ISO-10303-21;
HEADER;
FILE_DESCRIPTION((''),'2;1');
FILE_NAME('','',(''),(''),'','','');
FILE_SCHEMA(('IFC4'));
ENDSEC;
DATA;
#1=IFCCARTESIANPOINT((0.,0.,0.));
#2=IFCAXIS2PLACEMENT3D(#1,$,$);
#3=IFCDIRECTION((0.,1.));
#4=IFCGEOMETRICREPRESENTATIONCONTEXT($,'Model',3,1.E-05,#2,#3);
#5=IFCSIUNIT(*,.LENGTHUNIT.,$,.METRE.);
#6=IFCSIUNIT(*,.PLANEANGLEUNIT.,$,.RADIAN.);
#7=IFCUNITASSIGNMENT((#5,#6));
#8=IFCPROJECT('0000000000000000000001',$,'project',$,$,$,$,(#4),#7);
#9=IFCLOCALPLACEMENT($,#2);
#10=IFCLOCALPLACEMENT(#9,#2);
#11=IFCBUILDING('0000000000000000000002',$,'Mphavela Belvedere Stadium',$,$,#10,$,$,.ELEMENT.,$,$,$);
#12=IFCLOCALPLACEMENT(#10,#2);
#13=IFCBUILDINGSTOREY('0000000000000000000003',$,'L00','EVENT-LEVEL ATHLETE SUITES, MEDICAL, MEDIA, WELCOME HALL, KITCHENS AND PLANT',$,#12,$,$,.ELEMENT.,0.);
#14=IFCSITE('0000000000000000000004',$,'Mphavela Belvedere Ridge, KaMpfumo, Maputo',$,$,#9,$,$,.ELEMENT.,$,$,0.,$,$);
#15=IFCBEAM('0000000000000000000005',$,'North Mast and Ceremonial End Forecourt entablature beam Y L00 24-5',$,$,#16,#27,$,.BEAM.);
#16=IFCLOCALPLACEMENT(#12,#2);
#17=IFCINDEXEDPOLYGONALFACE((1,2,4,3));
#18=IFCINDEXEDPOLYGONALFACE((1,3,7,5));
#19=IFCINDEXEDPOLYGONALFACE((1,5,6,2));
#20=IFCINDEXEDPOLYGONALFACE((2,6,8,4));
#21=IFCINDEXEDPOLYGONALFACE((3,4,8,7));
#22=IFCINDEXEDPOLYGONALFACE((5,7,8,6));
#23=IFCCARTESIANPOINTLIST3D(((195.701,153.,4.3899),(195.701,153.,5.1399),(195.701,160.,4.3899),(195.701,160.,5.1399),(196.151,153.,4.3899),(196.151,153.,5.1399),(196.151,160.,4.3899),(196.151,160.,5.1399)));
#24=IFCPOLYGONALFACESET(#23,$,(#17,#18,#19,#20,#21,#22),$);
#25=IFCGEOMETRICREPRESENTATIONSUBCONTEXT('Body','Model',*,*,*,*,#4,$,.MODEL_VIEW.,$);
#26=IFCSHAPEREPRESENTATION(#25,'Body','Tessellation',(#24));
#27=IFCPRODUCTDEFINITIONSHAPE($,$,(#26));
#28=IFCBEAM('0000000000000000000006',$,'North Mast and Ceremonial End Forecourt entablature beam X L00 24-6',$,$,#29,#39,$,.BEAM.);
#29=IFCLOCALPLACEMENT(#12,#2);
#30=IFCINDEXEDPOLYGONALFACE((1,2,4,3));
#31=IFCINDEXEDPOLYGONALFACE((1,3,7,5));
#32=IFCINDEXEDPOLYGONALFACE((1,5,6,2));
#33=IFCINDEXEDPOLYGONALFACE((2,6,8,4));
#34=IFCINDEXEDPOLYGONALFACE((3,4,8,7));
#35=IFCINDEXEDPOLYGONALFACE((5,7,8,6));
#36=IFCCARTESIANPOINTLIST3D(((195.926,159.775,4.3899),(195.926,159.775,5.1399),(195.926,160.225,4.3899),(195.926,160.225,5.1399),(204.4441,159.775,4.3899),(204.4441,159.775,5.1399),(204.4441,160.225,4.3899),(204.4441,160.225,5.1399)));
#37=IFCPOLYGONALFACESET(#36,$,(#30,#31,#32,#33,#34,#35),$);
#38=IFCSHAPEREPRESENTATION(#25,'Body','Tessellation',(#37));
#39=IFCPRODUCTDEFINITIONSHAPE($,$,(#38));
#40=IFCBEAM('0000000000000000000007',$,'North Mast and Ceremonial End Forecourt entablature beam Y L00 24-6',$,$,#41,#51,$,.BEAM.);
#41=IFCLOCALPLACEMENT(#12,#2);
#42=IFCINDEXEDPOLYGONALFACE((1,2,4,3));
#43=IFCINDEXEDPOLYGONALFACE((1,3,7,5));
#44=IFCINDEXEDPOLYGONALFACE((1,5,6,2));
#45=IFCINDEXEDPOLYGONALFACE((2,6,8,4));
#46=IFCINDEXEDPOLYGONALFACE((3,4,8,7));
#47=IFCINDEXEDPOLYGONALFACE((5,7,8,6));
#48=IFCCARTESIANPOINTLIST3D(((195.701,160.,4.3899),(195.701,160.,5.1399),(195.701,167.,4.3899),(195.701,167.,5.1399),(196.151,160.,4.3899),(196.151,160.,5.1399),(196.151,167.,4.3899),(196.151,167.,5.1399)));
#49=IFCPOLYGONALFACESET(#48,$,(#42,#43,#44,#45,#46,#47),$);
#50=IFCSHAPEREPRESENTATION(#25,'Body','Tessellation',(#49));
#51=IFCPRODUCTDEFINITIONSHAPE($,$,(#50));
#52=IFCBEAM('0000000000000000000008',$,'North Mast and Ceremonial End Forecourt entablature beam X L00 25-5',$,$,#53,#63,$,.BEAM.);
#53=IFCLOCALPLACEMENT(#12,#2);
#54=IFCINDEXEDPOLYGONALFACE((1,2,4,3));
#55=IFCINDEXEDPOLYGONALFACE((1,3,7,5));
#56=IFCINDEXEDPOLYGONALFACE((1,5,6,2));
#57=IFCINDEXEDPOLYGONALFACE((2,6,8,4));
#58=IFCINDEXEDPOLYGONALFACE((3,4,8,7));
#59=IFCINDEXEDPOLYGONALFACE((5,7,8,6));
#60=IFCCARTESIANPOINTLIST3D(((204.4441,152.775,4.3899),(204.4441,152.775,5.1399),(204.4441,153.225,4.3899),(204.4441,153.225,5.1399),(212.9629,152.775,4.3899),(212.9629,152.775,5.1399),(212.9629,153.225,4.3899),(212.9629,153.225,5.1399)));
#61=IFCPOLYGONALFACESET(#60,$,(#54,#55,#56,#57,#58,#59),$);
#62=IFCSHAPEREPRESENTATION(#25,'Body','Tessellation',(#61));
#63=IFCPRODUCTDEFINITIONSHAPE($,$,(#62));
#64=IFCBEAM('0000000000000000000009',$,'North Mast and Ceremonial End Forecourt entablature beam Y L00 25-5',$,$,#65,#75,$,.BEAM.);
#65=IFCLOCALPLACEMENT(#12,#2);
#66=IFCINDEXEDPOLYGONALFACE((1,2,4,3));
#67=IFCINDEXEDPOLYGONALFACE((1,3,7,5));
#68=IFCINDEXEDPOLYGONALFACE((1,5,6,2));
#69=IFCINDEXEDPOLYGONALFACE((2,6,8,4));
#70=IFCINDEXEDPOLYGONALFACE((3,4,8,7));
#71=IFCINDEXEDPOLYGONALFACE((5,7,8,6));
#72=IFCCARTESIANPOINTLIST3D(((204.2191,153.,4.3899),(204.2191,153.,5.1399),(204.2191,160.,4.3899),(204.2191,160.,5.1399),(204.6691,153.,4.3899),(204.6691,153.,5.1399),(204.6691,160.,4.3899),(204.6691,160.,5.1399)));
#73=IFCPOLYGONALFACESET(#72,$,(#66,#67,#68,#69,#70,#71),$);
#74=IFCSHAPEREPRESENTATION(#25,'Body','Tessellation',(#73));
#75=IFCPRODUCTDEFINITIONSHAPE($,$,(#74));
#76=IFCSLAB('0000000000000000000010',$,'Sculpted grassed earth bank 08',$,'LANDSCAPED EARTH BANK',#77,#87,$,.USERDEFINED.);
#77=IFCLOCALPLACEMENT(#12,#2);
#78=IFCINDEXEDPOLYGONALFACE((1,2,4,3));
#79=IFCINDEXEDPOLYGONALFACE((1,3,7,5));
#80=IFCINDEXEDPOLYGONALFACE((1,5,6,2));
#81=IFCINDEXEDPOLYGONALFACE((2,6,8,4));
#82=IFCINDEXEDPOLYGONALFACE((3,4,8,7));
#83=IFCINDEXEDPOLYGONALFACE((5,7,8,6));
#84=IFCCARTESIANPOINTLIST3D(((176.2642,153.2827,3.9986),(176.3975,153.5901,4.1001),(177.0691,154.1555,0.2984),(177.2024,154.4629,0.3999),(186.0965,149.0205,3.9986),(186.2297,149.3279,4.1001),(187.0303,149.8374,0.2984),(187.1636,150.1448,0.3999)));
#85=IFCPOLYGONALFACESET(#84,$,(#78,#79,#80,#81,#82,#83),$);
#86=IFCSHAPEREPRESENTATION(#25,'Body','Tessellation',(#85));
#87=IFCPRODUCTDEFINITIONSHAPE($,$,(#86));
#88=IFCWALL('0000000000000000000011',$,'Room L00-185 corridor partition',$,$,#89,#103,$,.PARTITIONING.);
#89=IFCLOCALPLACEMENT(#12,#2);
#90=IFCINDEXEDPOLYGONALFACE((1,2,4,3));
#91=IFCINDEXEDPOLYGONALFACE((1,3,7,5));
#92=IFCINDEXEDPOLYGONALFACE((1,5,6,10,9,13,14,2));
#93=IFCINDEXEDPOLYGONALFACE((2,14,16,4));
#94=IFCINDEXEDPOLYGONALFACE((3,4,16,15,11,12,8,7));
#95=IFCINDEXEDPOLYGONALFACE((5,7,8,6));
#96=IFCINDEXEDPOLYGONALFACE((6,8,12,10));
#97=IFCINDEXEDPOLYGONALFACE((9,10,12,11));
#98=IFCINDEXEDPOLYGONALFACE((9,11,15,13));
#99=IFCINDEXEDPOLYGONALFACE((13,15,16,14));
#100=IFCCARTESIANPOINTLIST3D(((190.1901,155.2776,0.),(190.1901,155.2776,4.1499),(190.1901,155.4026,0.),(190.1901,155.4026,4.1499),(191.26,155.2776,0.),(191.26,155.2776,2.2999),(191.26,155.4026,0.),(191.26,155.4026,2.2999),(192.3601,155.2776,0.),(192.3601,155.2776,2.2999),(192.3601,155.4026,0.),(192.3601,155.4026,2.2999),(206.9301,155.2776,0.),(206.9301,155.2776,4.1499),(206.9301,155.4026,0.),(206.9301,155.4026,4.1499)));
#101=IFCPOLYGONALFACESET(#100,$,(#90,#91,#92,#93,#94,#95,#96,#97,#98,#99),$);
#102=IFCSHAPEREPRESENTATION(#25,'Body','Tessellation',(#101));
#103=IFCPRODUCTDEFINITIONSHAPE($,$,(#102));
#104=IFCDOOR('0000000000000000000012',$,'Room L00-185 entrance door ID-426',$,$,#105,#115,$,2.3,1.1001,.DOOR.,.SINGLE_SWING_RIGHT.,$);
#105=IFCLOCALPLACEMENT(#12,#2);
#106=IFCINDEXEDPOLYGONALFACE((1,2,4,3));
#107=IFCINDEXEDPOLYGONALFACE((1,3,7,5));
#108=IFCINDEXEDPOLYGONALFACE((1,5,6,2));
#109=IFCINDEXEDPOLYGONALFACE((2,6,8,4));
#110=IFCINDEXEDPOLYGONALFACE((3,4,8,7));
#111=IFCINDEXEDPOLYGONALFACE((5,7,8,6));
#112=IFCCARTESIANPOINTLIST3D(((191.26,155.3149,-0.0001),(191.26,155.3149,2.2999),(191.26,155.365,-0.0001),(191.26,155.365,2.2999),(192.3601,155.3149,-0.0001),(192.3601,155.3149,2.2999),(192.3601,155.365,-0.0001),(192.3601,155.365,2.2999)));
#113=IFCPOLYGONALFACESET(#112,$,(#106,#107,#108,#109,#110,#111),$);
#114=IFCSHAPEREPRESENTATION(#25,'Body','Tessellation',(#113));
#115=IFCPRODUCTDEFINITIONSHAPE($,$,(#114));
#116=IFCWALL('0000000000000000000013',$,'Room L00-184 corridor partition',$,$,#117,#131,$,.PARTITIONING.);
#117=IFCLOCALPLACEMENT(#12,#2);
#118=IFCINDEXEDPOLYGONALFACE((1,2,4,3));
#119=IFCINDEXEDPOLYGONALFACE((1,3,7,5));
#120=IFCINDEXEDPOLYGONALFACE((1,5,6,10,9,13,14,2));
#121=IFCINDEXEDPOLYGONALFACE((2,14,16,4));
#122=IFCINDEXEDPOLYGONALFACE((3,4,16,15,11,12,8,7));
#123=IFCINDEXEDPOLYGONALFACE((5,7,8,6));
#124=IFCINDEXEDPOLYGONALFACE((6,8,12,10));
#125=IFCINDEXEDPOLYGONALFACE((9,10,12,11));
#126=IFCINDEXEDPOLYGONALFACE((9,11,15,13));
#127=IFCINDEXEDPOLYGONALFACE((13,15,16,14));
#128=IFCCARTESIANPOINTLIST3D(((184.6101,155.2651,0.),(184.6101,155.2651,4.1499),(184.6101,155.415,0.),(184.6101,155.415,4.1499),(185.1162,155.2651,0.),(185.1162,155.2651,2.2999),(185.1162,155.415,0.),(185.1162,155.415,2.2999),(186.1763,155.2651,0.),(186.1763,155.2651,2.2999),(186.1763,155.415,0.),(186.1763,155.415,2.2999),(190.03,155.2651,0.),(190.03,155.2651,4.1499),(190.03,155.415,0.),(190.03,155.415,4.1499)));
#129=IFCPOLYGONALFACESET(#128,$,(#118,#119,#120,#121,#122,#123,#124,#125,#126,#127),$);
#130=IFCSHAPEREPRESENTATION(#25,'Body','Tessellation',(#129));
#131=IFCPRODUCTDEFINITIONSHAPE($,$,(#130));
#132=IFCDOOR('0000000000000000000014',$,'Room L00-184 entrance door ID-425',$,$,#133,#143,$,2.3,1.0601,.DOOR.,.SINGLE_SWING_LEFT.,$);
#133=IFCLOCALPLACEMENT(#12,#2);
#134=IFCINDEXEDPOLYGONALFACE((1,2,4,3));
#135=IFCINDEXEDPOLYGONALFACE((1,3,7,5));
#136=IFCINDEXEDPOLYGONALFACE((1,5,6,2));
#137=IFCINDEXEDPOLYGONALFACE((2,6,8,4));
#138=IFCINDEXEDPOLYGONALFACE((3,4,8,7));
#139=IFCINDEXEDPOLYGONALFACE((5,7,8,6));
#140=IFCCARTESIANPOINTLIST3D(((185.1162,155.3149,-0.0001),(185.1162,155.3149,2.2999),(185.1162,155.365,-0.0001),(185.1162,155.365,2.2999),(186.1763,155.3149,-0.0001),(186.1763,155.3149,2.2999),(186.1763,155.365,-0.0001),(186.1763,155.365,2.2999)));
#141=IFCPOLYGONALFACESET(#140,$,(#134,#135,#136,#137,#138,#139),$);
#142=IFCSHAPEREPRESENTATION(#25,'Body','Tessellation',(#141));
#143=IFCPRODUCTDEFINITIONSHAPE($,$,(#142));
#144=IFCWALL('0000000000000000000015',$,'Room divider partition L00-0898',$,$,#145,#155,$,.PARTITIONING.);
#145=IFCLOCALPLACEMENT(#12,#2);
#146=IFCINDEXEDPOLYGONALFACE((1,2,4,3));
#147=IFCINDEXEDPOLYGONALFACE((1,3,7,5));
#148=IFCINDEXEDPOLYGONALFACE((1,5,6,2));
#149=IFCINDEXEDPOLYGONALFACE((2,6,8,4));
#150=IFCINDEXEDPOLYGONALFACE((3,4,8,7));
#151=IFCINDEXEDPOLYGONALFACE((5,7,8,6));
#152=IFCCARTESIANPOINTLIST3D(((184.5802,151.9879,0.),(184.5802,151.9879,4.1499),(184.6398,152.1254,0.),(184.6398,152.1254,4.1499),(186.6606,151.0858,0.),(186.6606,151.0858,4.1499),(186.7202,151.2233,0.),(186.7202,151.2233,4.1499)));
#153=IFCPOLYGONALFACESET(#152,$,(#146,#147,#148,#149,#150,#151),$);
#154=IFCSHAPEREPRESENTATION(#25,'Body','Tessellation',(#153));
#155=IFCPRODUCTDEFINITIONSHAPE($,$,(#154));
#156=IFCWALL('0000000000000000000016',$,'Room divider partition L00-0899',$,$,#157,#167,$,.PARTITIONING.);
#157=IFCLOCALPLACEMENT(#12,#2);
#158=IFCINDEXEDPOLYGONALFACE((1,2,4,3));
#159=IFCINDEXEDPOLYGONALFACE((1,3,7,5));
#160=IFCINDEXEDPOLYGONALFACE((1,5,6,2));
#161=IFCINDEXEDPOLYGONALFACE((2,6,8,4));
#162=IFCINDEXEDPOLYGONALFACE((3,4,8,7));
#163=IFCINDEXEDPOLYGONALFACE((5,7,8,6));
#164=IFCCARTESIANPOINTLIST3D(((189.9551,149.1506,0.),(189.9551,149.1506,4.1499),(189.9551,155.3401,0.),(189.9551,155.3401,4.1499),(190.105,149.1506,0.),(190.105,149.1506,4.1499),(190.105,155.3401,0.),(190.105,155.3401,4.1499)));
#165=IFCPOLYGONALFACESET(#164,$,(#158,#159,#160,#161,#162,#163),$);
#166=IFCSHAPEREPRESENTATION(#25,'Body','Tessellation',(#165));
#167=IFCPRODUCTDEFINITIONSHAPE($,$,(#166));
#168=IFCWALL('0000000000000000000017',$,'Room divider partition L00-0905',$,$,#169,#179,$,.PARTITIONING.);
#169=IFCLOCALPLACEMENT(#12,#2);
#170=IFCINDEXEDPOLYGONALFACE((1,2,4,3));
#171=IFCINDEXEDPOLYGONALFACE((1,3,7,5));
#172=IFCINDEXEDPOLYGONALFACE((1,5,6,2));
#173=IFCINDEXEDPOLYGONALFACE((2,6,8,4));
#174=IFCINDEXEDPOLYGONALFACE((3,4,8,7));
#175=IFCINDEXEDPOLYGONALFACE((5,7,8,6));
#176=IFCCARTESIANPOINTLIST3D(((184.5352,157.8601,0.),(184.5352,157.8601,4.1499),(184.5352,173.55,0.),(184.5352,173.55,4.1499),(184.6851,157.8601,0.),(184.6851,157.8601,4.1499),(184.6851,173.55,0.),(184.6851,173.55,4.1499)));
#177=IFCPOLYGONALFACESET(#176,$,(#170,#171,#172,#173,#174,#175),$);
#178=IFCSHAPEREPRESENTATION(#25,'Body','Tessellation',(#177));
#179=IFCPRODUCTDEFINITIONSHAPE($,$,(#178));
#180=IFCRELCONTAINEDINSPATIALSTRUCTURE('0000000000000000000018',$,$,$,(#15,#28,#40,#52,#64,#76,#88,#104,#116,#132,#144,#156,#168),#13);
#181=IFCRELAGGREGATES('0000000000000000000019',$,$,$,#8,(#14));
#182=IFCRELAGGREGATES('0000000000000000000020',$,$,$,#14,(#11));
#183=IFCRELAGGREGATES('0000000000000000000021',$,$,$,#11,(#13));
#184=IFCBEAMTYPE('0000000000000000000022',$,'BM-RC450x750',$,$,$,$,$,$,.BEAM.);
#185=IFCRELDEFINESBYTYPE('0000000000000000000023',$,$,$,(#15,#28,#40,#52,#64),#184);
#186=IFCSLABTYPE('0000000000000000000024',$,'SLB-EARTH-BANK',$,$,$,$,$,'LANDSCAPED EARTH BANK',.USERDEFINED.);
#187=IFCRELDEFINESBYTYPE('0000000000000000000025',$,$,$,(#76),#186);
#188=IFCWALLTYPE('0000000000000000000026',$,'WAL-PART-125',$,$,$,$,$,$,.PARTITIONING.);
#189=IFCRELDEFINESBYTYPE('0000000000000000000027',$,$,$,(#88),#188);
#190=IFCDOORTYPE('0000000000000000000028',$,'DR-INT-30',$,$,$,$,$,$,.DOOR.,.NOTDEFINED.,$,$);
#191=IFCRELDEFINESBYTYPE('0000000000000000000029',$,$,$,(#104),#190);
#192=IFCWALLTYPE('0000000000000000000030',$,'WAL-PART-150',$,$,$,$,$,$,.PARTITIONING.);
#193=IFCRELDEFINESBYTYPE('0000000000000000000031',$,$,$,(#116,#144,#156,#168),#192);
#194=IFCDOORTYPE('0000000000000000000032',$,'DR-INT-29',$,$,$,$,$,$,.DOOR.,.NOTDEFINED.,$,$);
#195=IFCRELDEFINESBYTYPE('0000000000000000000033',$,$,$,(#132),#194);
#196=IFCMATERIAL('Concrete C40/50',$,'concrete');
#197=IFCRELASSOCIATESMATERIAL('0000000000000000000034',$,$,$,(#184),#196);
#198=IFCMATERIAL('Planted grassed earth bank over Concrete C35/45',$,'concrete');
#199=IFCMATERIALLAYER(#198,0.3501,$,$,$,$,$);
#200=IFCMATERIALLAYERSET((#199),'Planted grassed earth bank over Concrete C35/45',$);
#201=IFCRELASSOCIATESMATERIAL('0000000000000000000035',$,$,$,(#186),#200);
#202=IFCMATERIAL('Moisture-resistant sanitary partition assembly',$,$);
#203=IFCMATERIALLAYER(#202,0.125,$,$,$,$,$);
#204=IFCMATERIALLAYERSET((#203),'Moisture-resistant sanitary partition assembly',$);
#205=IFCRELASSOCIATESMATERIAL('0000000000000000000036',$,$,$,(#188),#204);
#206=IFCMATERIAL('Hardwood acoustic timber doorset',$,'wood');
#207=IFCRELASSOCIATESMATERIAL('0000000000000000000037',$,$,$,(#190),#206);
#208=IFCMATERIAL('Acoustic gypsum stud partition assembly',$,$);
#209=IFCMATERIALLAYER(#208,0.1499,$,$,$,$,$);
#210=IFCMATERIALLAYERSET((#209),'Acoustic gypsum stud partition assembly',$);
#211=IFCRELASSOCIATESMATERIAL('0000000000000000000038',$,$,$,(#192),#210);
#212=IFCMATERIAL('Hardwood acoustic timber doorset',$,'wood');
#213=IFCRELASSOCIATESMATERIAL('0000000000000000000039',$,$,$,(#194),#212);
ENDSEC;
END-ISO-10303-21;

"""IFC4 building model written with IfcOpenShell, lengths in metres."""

from ifc_helpers import new_model, si_unit, direction, frame, frame_2d, origin, origin_2d, place, context, subcontext, project, spatial, polyline, rectangle, outline, extrude, material, layer, layer_set, material_profile, profile_set, type_object, element, fill, save


model = new_model("IFC4")

# Units and contexts
model_context = context("Model", 3, precision=1e-05, world=origin(), true_north=direction((0.0, 1.0)))
body_context = subcontext(model_context, "Body", "Model", "MODEL_VIEW")
ifc_project = project(units=[si_unit("LENGTHUNIT", "METRE"), si_unit("PLANEANGLEUNIT", "RADIAN")], contexts=[model_context])

# Site, building, storey
site_placement = place(None, origin())
site = spatial("IfcSite", under=ifc_project, at=site_placement, Name="Mphavela Belvedere Ridge, KaMpfumo, Maputo", CompositionType="ELEMENT", RefElevation=0.0)
building_placement = place(site_placement, origin())
building = spatial("IfcBuilding", under=site, at=building_placement, Name="Mphavela Belvedere Stadium", CompositionType="ELEMENT")
storey_placement = place(building_placement, origin())
storey = spatial("IfcBuildingStorey", under=building, at=storey_placement, Name="L00", Description="EVENT-LEVEL ATHLETE SUITES, MEDICAL, MEDIA, WELCOME HALL, KITCHENS AND PLANT", CompositionType="ELEMENT", Elevation=0.0)

# Beams
ifc_material_1 = material(Name="Concrete C40/50", Category="concrete")
ifc_material_profile_1 = material_profile(ifc_material_1, rectangle(XDim=0.45, YDim=0.75, at=origin_2d()), Name="RC 450x750")
ifc_profile_set_1 = profile_set([ifc_material_profile_1], Name="Concrete C40/50")
beam_type_1 = type_object("IfcBeamType", Name="BM-RC450x750", PredefinedType="BEAM", material=ifc_profile_set_1)
beam_1_placement = place(storey_placement, frame((195.926, 153.0, 4.7649), z_axis=(0.0, 1.0, 0.0), x_axis=(-1.0, 0.0, 0.0)))
element("IfcBeam", 1, at=beam_1_placement, inside=storey, type_object=beam_type_1, Name="North Mast and Ceremonial End Forecourt entablature beam Y L00 24-5", PredefinedType="BEAM", context=body_context, shape_type="SweptSolid", body=[
    extrude(rectangle(XDim=0.45, YDim=0.75, at=origin_2d()), origin(), (0.0, 0.0, 1.0), 7.0),
])
beam_2_placement = place(storey_placement, frame((195.926, 160.0, 4.7649), z_axis=(1.0, 0.0, 0.0), x_axis=(0.0, 1.0, 0.0)))
element("IfcBeam", 2, at=beam_2_placement, inside=storey, type_object=beam_type_1, Name="North Mast and Ceremonial End Forecourt entablature beam X L00 24-6", PredefinedType="BEAM", context=body_context, shape_type="SweptSolid", body=[
    extrude(rectangle(XDim=0.45, YDim=0.75, at=origin_2d()), origin(), (0.0, 0.0, 1.0), 8.5181),
])
beam_3_placement = place(storey_placement, frame((195.926, 160.0, 4.7649), z_axis=(0.0, 1.0, 0.0), x_axis=(-1.0, 0.0, 0.0)))
element("IfcBeam", 3, at=beam_3_placement, inside=storey, type_object=beam_type_1, Name="North Mast and Ceremonial End Forecourt entablature beam Y L00 24-6", PredefinedType="BEAM", context=body_context, shape_type="SweptSolid", body=[
    extrude(rectangle(XDim=0.45, YDim=0.75, at=origin_2d()), origin(), (0.0, 0.0, 1.0), 7.0),
])
beam_4_placement = place(storey_placement, frame((204.4441, 153.0, 4.7649), z_axis=(1.0, 0.0, 0.0), x_axis=(0.0, 1.0, 0.0)))
element("IfcBeam", 4, at=beam_4_placement, inside=storey, type_object=beam_type_1, Name="North Mast and Ceremonial End Forecourt entablature beam X L00 25-5", PredefinedType="BEAM", context=body_context, shape_type="SweptSolid", body=[
    extrude(rectangle(XDim=0.45, YDim=0.75, at=origin_2d()), origin(), (0.0, 0.0, 1.0), 8.5188),
])
beam_5_placement = place(storey_placement, frame((204.4441, 153.0, 4.7649), z_axis=(0.0, 1.0, 0.0), x_axis=(-1.0, 0.0, 0.0)))
element("IfcBeam", 5, at=beam_5_placement, inside=storey, type_object=beam_type_1, Name="North Mast and Ceremonial End Forecourt entablature beam Y L00 25-5", PredefinedType="BEAM", context=body_context, shape_type="SweptSolid", body=[
    extrude(rectangle(XDim=0.45, YDim=0.75, at=origin_2d()), origin(), (0.0, 0.0, 1.0), 7.0),
])

# Slab
ifc_material_2 = material(Name="Planted grassed earth bank over Concrete C35/45", Category="concrete")
ifc_layer_1 = layer(ifc_material_2, 0.3501)
ifc_layer_set_1 = layer_set([ifc_layer_1], Name="Planted grassed earth bank over Concrete C35/45")
slab_type = type_object("IfcSlabType", Name="SLB-EARTH-BANK", ElementType="LANDSCAPED EARTH BANK", PredefinedType="USERDEFINED", material=ifc_layer_set_1)
slab_placement = place(storey_placement, frame((187.1636, 150.1448, 0.3999), z_axis=(0.380648, 0.878094, 0.289927), x_axis=(-0.917502, 0.397731, 0.0)))
element("IfcSlab", 6, at=slab_placement, inside=storey, type_object=slab_type, Name="Sculpted grassed earth bank 08", ObjectType="LANDSCAPED EARTH BANK", PredefinedType="USERDEFINED", context=body_context, shape_type="SweptSolid", body=[
    extrude(outline(polyline([(0.0, 0.0), (10.8569, 0.0), (11.2482, 3.8663), (0.5319, 3.8663), (0.0, 0.0)])), origin(), (0.0, 0.0, -1.0), 0.3501),
])

# Walls, openings, doors
ifc_material_3 = material(Name="Moisture-resistant sanitary partition assembly")
ifc_layer_2 = layer(ifc_material_3, 0.125)
ifc_layer_set_2 = layer_set([ifc_layer_2], Name="Moisture-resistant sanitary partition assembly")
wall_type_1 = type_object("IfcWallType", Name="WAL-PART-125", PredefinedType="PARTITIONING", material=ifc_layer_set_2)
wall_1_placement = place(storey_placement, frame((190.1899, 155.3401, 0.0), z_axis=(0.0, 0.0, 1.0), x_axis=(1.0, 0.0, 0.0)))
wall_1 = element("IfcWall", 7, at=wall_1_placement, inside=storey, type_object=wall_type_1, Name="Room L00-185 corridor partition", PredefinedType="PARTITIONING", context=body_context, shape_type="SweptSolid", body=[
    extrude(rectangle(XDim=16.74, YDim=0.125, at=frame_2d((8.3701, 0.0))), origin(), (0.0, 0.0, 1.0), 4.1499),
])
opening_1_placement = place(wall_1_placement, frame((1.0701, 0.0, 0.0)))
opening_1 = element("IfcOpeningElement", 8, at=opening_1_placement, cuts=wall_1, PredefinedType="OPENING", context=body_context, shape_type="SweptSolid", body=[
    extrude(rectangle(XDim=1.1001, YDim=2.3, at=frame_2d((0.55, 1.1499))), frame((0.0, 0.0725, 0.0), z_axis=(0.0, -1.0, 0.0), x_axis=(1.0, 0.0, 0.0)), (0.0, 0.0, 1.0), 0.145),
])
ifc_material_4 = material(Name="Hardwood acoustic timber doorset", Category="wood")
door_type_1 = type_object("IfcDoorType", Name="DR-INT-30", OperationType="NOTDEFINED", PredefinedType="DOOR", material=ifc_material_4)
door_1_placement = place(opening_1_placement, origin())
door_1 = element("IfcDoor", 9, at=door_1_placement, inside=storey, type_object=door_type_1, Name="Room L00-185 entrance door ID-426", OperationType="SINGLE_SWING_RIGHT", OverallHeight=2.3, OverallWidth=1.1001, PredefinedType="DOOR", context=body_context, shape_type="SweptSolid", body=[
    extrude(rectangle(XDim=1.1001, YDim=2.3, at=frame_2d((0.55, 1.1499))), frame((0.0, 0.0249, 0.0), z_axis=(0.0, -1.0, 0.0), x_axis=(1.0, 0.0, 0.0)), (0.0, 0.0, 1.0), 0.05),
])
fill(opening_1, door_1)
ifc_material_5 = material(Name="Acoustic gypsum stud partition assembly")
ifc_layer_3 = layer(ifc_material_5, 0.1499)
ifc_layer_set_3 = layer_set([ifc_layer_3], Name="Acoustic gypsum stud partition assembly")
wall_type_2 = type_object("IfcWallType", Name="WAL-PART-150", PredefinedType="PARTITIONING", material=ifc_layer_set_3)
wall_2_placement = place(storey_placement, frame((184.6101, 155.3401, 0.0), z_axis=(0.0, 0.0, 1.0), x_axis=(1.0, 0.0, 0.0)))
wall_2 = element("IfcWall", 10, at=wall_2_placement, inside=storey, type_object=wall_type_2, Name="Room L00-184 corridor partition", PredefinedType="PARTITIONING", context=body_context, shape_type="SweptSolid", body=[
    extrude(rectangle(XDim=5.4199, YDim=0.1499, at=frame_2d((2.71, 0.0))), origin(), (0.0, 0.0, 1.0), 4.1499),
])
opening_2_placement = place(wall_2_placement, frame((0.5061, 0.0, 0.0)))
opening_2 = element("IfcOpeningElement", 11, at=opening_2_placement, cuts=wall_2, PredefinedType="OPENING", context=body_context, shape_type="SweptSolid", body=[
    extrude(rectangle(XDim=1.0601, YDim=2.3, at=frame_2d((0.53, 1.1499))), frame((0.0, 0.085, 0.0), z_axis=(0.0, -1.0, 0.0), x_axis=(1.0, 0.0, 0.0)), (0.0, 0.0, 1.0), 0.1699),
])
ifc_material_6 = material(Name="Hardwood acoustic timber doorset", Category="wood")
door_type_2 = type_object("IfcDoorType", Name="DR-INT-29", OperationType="NOTDEFINED", PredefinedType="DOOR", material=ifc_material_6)
door_2_placement = place(opening_2_placement, origin())
door_2 = element("IfcDoor", 12, at=door_2_placement, inside=storey, type_object=door_type_2, Name="Room L00-184 entrance door ID-425", OperationType="SINGLE_SWING_LEFT", OverallHeight=2.3, OverallWidth=1.0601, PredefinedType="DOOR", context=body_context, shape_type="SweptSolid", body=[
    extrude(rectangle(XDim=1.0601, YDim=2.3, at=frame_2d((0.53, 1.1499))), frame((0.0, 0.0249, 0.0), z_axis=(0.0, -1.0, 0.0), x_axis=(1.0, 0.0, 0.0)), (0.0, 0.0, 1.0), 0.05),
])
fill(opening_2, door_2)

# Walls
wall_3_placement = place(storey_placement, frame((186.6904, 151.1545, 0.0), z_axis=(0.0, 0.0, 1.0), x_axis=(-0.917455, 0.39784, 0.0)))
element("IfcWall", 13, at=wall_3_placement, inside=storey, type_object=wall_type_2, Name="Room divider partition L00-0898", PredefinedType="PARTITIONING", context=body_context, shape_type="SweptSolid", body=[
    extrude(rectangle(XDim=2.2676, YDim=0.1499, at=frame_2d((1.1338, 0.0))), origin(), (0.0, 0.0, 1.0), 4.1499),
])
wall_4_placement = place(storey_placement, frame((190.03, 155.3401, 0.0), z_axis=(0.0, 0.0, 1.0), x_axis=(0.0, -1.0, 0.0)))
element("IfcWall", 14, at=wall_4_placement, inside=storey, type_object=wall_type_2, Name="Room divider partition L00-0899", PredefinedType="PARTITIONING", context=body_context, shape_type="SweptSolid", body=[
    extrude(rectangle(XDim=6.1895, YDim=0.1499, at=frame_2d((3.0947, 0.0))), origin(), (0.0, 0.0, 1.0), 4.1499),
])
wall_5_placement = place(storey_placement, frame((184.6101, 157.8601, 0.0), z_axis=(0.0, 0.0, 1.0), x_axis=(0.0, 1.0, 0.0)))
element("IfcWall", 15, at=wall_5_placement, inside=storey, type_object=wall_type_2, Name="Room divider partition L00-0905", PredefinedType="PARTITIONING", context=body_context, shape_type="SweptSolid", body=[
    extrude(rectangle(XDim=15.6899, YDim=0.1499, at=frame_2d((7.845, 0.0))), origin(), (0.0, 0.0, 1.0), 4.1499),
])

save(model, "model.ifc")
